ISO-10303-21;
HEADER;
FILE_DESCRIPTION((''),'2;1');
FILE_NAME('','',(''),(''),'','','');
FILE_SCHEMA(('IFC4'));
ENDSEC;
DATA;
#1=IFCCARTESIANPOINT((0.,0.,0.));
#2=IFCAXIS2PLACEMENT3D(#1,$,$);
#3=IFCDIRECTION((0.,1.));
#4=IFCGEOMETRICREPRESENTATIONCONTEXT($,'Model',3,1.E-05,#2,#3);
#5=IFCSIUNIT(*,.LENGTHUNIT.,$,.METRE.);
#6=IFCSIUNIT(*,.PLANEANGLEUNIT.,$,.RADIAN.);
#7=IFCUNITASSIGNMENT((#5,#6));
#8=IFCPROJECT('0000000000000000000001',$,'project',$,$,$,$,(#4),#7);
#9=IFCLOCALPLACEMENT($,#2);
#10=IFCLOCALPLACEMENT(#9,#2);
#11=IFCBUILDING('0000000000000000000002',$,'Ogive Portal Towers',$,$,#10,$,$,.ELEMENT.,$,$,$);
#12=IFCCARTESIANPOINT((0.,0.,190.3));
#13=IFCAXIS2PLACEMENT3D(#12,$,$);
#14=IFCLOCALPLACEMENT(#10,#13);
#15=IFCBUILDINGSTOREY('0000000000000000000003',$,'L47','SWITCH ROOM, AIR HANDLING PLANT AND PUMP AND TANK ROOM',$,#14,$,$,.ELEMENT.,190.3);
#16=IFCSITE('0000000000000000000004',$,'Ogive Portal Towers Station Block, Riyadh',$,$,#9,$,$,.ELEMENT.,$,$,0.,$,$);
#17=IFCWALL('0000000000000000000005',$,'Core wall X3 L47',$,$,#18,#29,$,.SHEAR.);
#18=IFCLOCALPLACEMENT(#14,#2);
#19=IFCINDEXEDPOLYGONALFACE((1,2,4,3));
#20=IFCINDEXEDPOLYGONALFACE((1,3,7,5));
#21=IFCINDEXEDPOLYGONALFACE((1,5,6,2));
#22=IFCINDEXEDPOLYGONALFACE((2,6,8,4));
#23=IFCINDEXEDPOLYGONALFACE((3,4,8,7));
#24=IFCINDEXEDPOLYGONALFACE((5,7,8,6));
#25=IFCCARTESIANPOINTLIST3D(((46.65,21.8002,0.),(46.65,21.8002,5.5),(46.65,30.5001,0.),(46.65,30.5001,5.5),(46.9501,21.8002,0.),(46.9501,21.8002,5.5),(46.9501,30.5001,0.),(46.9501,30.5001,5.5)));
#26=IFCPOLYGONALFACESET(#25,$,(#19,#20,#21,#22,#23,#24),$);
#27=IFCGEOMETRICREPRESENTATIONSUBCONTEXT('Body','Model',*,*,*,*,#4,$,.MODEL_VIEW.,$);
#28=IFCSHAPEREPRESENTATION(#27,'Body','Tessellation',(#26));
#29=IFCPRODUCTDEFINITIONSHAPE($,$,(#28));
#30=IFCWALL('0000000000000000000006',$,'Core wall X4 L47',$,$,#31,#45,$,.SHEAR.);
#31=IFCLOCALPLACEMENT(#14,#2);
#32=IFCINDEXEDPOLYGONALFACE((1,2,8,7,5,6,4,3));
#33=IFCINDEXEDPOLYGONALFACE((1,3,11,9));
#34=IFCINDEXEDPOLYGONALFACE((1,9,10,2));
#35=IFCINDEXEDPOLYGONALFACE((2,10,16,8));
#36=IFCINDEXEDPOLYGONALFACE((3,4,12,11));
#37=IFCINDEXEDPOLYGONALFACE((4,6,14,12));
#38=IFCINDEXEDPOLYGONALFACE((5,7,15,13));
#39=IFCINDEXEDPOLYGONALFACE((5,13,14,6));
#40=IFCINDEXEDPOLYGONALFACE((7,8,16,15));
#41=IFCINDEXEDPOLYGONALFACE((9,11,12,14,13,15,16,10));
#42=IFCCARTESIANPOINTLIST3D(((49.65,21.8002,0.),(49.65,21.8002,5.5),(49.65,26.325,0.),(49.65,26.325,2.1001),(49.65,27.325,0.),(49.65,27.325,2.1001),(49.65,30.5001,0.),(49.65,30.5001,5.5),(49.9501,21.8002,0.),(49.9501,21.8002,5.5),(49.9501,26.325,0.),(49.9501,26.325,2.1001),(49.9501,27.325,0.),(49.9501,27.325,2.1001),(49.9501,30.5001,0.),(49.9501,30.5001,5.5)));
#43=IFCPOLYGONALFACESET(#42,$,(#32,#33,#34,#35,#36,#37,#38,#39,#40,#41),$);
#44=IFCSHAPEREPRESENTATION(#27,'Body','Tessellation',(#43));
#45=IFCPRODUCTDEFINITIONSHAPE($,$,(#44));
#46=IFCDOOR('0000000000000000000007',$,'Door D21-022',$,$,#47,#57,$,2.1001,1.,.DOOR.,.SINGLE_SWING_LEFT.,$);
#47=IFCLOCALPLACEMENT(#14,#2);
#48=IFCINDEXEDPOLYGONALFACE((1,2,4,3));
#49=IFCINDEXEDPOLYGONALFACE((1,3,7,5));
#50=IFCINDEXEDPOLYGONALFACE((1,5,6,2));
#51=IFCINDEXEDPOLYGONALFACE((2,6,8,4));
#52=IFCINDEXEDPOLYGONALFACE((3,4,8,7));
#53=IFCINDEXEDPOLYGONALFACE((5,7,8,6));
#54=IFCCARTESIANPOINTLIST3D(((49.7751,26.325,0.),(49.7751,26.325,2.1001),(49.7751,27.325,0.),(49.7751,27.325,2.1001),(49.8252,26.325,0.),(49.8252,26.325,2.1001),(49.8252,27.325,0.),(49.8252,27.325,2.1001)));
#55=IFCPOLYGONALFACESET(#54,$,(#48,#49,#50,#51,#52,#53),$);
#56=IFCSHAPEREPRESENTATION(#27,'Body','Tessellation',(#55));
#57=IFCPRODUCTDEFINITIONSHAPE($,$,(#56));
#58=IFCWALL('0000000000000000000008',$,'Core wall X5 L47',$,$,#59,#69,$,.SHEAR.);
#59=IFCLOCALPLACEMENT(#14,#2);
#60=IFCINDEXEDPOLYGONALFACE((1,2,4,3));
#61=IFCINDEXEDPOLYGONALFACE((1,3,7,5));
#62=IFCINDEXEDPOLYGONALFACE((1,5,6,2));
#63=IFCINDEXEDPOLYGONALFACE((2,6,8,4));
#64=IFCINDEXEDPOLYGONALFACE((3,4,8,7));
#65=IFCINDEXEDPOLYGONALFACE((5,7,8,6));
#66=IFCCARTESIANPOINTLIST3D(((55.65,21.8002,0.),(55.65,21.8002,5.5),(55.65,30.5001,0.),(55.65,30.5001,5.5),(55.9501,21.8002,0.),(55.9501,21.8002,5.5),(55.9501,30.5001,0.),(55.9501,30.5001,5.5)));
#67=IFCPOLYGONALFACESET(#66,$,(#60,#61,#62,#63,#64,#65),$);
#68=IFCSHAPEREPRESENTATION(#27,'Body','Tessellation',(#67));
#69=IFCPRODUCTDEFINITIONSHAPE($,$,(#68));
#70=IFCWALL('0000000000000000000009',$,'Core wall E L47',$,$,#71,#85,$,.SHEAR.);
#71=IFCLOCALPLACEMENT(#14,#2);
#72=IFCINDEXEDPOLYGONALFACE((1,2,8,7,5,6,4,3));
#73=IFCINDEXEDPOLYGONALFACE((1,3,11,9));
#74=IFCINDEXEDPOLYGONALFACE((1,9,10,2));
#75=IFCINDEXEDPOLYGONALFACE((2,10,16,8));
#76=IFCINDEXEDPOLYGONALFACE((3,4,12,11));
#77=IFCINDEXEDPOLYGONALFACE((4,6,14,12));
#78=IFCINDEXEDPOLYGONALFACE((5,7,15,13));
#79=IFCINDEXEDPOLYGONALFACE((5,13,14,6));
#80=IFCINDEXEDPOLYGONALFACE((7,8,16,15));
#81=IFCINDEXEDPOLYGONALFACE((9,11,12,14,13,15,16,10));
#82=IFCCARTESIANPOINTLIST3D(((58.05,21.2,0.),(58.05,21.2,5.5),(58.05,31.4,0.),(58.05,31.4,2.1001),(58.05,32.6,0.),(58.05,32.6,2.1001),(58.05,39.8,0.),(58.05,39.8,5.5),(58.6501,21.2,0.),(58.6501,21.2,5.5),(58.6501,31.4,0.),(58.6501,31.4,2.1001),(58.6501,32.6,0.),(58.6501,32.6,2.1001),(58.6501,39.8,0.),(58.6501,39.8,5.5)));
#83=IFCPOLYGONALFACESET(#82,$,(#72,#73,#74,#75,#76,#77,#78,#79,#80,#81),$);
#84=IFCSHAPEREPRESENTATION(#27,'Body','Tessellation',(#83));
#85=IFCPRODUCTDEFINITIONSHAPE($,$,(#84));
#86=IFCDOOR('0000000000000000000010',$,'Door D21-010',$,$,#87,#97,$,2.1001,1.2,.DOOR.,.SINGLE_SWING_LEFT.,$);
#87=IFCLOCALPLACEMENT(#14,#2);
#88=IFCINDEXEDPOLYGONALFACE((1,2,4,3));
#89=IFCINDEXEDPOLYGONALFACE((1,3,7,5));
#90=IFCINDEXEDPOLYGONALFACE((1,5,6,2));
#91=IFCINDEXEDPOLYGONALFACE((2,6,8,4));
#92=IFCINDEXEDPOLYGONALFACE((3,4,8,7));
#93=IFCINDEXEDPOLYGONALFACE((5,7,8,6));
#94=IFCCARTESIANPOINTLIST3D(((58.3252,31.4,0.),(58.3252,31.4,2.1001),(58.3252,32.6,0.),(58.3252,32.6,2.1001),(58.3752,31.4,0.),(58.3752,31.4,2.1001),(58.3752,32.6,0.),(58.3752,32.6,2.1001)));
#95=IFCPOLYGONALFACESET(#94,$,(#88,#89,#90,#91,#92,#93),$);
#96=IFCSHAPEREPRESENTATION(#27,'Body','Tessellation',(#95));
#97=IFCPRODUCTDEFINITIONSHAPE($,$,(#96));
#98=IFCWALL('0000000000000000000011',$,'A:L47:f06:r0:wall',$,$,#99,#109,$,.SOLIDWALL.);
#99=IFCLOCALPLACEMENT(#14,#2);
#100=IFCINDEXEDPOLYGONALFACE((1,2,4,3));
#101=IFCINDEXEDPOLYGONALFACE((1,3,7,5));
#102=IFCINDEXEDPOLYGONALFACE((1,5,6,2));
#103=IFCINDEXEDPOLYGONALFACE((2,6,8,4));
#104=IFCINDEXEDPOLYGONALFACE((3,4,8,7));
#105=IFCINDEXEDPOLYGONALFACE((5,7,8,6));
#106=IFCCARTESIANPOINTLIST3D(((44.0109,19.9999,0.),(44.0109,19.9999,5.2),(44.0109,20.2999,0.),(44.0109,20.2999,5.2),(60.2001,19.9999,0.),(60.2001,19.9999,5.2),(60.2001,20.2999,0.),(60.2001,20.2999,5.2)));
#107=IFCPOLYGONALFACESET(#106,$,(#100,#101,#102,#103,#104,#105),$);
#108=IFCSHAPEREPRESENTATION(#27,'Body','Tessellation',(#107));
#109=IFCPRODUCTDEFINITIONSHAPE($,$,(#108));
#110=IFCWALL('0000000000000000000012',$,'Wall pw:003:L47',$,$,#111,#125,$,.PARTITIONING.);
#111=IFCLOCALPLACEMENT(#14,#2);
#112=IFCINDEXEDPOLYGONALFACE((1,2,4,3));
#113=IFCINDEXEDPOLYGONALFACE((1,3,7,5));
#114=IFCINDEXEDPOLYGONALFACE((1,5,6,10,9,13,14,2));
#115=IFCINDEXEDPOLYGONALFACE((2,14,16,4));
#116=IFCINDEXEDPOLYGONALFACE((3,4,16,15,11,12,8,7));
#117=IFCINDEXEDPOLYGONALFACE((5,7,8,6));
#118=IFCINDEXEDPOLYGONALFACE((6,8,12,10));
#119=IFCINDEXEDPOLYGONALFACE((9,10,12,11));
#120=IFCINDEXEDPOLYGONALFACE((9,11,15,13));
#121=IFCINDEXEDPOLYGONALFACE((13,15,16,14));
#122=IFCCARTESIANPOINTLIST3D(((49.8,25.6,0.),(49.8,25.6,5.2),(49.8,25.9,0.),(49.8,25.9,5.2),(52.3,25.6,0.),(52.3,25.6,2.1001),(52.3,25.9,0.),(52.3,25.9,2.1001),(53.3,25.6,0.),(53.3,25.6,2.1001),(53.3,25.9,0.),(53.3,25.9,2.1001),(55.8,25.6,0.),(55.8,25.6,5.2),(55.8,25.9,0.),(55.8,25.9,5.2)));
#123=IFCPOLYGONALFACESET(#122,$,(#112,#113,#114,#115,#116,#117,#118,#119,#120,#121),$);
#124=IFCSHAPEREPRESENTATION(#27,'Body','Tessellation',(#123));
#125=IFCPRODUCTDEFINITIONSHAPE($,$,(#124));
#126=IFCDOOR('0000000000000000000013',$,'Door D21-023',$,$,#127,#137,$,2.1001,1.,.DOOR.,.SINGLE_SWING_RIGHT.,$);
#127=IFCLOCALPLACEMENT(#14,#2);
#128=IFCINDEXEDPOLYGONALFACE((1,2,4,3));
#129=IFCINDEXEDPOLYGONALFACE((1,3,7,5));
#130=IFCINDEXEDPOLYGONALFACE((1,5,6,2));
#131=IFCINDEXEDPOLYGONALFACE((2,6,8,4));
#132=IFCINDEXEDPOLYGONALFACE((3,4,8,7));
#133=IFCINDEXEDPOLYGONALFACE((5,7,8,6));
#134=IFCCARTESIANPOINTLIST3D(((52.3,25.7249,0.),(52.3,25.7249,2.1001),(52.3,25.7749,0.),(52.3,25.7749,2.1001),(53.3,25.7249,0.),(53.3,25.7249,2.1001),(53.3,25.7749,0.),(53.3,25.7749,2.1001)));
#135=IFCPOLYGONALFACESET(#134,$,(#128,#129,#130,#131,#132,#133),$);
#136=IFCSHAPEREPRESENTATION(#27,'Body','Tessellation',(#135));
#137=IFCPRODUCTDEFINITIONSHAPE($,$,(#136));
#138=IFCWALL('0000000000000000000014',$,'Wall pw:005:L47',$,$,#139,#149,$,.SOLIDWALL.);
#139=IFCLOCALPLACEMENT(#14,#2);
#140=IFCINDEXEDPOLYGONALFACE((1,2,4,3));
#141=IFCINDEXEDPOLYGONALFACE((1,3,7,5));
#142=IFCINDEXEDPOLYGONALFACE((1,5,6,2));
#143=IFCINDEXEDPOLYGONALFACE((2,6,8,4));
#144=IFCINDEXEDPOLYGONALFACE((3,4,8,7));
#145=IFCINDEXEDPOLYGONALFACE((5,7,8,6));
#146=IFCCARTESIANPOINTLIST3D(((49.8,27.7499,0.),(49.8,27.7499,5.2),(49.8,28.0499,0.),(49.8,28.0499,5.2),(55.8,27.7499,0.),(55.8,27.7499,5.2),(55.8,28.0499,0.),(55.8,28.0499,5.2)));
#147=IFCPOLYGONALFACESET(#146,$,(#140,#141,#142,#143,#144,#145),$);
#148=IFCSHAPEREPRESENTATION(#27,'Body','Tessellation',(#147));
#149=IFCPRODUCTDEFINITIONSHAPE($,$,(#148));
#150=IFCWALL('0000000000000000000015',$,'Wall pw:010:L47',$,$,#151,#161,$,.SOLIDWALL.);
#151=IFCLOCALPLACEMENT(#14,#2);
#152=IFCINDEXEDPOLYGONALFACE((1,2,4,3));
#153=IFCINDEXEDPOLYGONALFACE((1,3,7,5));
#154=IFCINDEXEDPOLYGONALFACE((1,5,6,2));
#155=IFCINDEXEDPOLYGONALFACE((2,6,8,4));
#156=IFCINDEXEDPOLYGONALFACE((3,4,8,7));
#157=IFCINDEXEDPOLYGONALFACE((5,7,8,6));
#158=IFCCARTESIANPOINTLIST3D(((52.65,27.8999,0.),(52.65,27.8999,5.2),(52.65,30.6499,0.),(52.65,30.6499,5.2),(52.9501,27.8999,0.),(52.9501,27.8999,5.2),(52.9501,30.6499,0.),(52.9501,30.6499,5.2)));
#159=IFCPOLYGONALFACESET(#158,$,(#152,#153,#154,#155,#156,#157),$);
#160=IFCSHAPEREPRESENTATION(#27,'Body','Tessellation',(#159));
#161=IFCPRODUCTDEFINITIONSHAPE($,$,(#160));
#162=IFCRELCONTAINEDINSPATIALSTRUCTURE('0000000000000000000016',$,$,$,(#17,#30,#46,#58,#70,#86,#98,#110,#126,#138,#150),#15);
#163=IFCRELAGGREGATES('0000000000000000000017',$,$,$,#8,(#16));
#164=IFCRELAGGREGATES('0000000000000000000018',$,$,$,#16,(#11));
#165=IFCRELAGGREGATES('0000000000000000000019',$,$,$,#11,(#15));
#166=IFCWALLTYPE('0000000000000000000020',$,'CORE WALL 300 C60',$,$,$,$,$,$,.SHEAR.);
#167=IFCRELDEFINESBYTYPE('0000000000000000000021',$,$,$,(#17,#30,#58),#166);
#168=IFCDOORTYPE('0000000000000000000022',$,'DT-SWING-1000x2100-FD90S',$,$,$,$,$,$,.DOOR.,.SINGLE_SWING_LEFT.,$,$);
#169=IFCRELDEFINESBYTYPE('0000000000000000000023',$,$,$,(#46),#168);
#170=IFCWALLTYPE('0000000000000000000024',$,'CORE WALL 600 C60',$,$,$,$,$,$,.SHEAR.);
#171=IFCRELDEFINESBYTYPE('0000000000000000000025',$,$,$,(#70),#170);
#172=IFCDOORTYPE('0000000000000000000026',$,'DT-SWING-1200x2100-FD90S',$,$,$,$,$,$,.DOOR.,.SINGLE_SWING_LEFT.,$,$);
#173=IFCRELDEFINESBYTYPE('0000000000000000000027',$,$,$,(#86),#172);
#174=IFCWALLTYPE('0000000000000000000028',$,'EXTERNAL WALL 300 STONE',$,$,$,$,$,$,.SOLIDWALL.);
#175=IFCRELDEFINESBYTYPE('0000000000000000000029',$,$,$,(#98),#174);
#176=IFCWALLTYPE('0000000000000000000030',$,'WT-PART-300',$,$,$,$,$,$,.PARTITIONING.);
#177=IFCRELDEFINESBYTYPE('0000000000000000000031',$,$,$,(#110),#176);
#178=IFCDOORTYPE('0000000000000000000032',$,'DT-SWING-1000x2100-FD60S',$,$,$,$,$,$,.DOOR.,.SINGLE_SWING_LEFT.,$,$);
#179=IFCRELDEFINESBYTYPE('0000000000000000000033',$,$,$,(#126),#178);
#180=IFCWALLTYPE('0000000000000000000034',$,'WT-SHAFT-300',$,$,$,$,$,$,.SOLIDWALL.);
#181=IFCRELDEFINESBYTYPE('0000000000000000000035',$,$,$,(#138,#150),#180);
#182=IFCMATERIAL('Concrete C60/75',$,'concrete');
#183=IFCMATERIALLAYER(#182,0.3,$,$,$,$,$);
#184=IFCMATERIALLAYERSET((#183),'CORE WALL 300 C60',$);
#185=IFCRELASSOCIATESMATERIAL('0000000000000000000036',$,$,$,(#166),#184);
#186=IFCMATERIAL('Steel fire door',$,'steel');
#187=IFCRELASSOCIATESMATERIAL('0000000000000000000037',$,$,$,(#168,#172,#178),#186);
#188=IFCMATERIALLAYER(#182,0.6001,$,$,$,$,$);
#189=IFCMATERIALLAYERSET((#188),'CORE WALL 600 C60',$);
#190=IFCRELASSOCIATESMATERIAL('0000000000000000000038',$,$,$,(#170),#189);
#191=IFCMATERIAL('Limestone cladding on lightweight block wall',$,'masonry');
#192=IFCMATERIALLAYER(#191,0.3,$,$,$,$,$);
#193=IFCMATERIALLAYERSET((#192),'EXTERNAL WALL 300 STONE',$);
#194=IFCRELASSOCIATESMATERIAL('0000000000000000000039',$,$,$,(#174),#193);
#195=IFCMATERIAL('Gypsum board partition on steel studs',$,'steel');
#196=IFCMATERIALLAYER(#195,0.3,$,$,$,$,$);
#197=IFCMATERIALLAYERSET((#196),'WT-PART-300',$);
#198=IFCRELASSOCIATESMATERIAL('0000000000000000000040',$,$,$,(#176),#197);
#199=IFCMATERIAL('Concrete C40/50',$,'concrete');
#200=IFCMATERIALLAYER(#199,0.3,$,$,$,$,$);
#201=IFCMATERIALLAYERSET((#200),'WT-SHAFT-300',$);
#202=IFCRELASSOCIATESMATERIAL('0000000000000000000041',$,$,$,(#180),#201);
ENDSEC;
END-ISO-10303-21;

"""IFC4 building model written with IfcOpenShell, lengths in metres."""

from ifc_helpers import new_model, si_unit, direction, frame, frame_2d, origin, place, context, subcontext, project, spatial, rectangle, extrude, material, layer, layer_set, type_object, element, fill, save


model = new_model("IFC4")

# Units and contexts
model_context = context("Model", 3, precision=1e-05, world=origin(), true_north=direction((0.0, 1.0)))
body_context = subcontext(model_context, "Body", "Model", "MODEL_VIEW")
ifc_project = project(units=[si_unit("LENGTHUNIT", "METRE"), si_unit("PLANEANGLEUNIT", "RADIAN")], contexts=[model_context])

# Site, building, storey
site_placement = place(None, origin())
site = spatial("IfcSite", under=ifc_project, at=site_placement, Name="Ogive Portal Towers Station Block, Riyadh", CompositionType="ELEMENT", RefElevation=0.0)
building_placement = place(site_placement, origin())
building = spatial("IfcBuilding", under=site, at=building_placement, Name="Ogive Portal Towers", CompositionType="ELEMENT")
storey_placement = place(building_placement, frame((0.0, 0.0, 190.3)))
storey = spatial("IfcBuildingStorey", under=building, at=storey_placement, Name="L47", Description="SWITCH ROOM, AIR HANDLING PLANT AND PUMP AND TANK ROOM", CompositionType="ELEMENT", Elevation=190.3)

# Wall
ifc_material_1 = material(Name="Concrete C60/75", Category="concrete")
ifc_layer_1 = layer(ifc_material_1, 0.3)
ifc_layer_set_1 = layer_set([ifc_layer_1], Name="CORE WALL 300 C60")
wall_type_1 = type_object("IfcWallType", Name="CORE WALL 300 C60", PredefinedType="SHEAR", material=ifc_layer_set_1)
wall_1_placement = place(storey_placement, frame((46.8, 21.8, 0.0), z_axis=(0.0, 0.0, 1.0), x_axis=(0.0, 1.0, 0.0)))
element("IfcWall", 1, at=wall_1_placement, inside=storey, type_object=wall_type_1, Name="Core wall X3 L47", PredefinedType="SHEAR", context=body_context, shape_type="SweptSolid", body=[
    extrude(rectangle(XDim=8.7, YDim=0.3, at=frame_2d((4.3501, 0.0))), origin(), (0.0, 0.0, 1.0), 5.5),
])

# Wall, opening, door
wall_2_placement = place(storey_placement, frame((49.8, 21.8, 0.0), z_axis=(0.0, 0.0, 1.0), x_axis=(0.0, 1.0, 0.0)))
wall_2 = element("IfcWall", 2, at=wall_2_placement, inside=storey, type_object=wall_type_1, Name="Core wall X4 L47", PredefinedType="SHEAR", context=body_context, shape_type="SweptSolid", body=[
    extrude(rectangle(XDim=8.7, YDim=0.3, at=frame_2d((4.3501, 0.0))), origin(), (0.0, 0.0, 1.0), 5.5),
])
opening_1_placement = place(wall_2_placement, frame((4.5249, 0.0, 0.0)))
opening_1 = element("IfcOpeningElement", 3, at=opening_1_placement, cuts=wall_2, PredefinedType="OPENING", context=body_context, shape_type="SweptSolid", body=[
    extrude(rectangle(XDim=1.0, YDim=2.1001, at=frame_2d((0.5, 1.05))), frame((0.0, 0.1602, 0.0), z_axis=(0.0, -1.0, 0.0), x_axis=(1.0, 0.0, 0.0)), (0.0, 0.0, 1.0), 0.3201),
])
ifc_material_2 = material(Name="Steel fire door", Category="steel")
door_type_1 = type_object("IfcDoorType", Name="DT-SWING-1000x2100-FD90S", OperationType="SINGLE_SWING_LEFT", PredefinedType="DOOR", material=ifc_material_2)
door_1_placement = place(opening_1_placement, origin())
door_1 = element("IfcDoor", 4, at=door_1_placement, inside=storey, type_object=door_type_1, Name="Door D21-022", OperationType="SINGLE_SWING_LEFT", OverallHeight=2.1001, OverallWidth=1.0, PredefinedType="DOOR", context=body_context, shape_type="SweptSolid", body=[
    extrude(rectangle(XDim=1.0, YDim=2.1001, at=frame_2d((0.5, 1.05))), frame((0.0, 0.0249, 0.0), z_axis=(0.0, -1.0, 0.0), x_axis=(1.0, 0.0, 0.0)), (0.0, 0.0, 1.0), 0.05),
])
fill(opening_1, door_1)

# Wall
wall_3_placement = place(storey_placement, frame((55.8, 21.8, 0.0), z_axis=(0.0, 0.0, 1.0), x_axis=(0.0, 1.0, 0.0)))
element("IfcWall", 5, at=wall_3_placement, inside=storey, type_object=wall_type_1, Name="Core wall X5 L47", PredefinedType="SHEAR", context=body_context, shape_type="SweptSolid", body=[
    extrude(rectangle(XDim=8.7, YDim=0.3, at=frame_2d((4.3501, 0.0))), origin(), (0.0, 0.0, 1.0), 5.5),
])

# Wall, opening, door
ifc_layer_2 = layer(ifc_material_1, 0.6001)
ifc_layer_set_2 = layer_set([ifc_layer_2], Name="CORE WALL 600 C60")
wall_type_2 = type_object("IfcWallType", Name="CORE WALL 600 C60", PredefinedType="SHEAR", material=ifc_layer_set_2)
wall_4_placement = place(storey_placement, frame((58.3501, 21.2, 0.0), z_axis=(0.0, 0.0, 1.0), x_axis=(0.0, 1.0, 0.0)))
wall_4 = element("IfcWall", 6, at=wall_4_placement, inside=storey, type_object=wall_type_2, Name="Core wall E L47", PredefinedType="SHEAR", context=body_context, shape_type="SweptSolid", body=[
    extrude(rectangle(XDim=18.6001, YDim=0.6001, at=frame_2d((9.3, 0.0))), origin(), (0.0, 0.0, 1.0), 5.5),
])
opening_2_placement = place(wall_4_placement, frame((10.2, 0.0, 0.0)))
opening_2 = element("IfcOpeningElement", 7, at=opening_2_placement, cuts=wall_4, PredefinedType="OPENING", context=body_context, shape_type="SweptSolid", body=[
    extrude(rectangle(XDim=1.2, YDim=2.1001, at=frame_2d((0.6001, 1.05))), frame((0.0, 0.3101, 0.0), z_axis=(0.0, -1.0, 0.0), x_axis=(1.0, 0.0, 0.0)), (0.0, 0.0, 1.0), 0.6201),
])
door_type_2 = type_object("IfcDoorType", Name="DT-SWING-1200x2100-FD90S", OperationType="SINGLE_SWING_LEFT", PredefinedType="DOOR", material=ifc_material_2)
door_2_placement = place(opening_2_placement, origin())
door_2 = element("IfcDoor", 8, at=door_2_placement, inside=storey, type_object=door_type_2, Name="Door D21-010", OperationType="SINGLE_SWING_LEFT", OverallHeight=2.1001, OverallWidth=1.2, PredefinedType="DOOR", context=body_context, shape_type="SweptSolid", body=[
    extrude(rectangle(XDim=1.2, YDim=2.1001, at=frame_2d((0.6001, 1.05))), frame((0.0, 0.0249, 0.0), z_axis=(0.0, -1.0, 0.0), x_axis=(1.0, 0.0, 0.0)), (0.0, 0.0, 1.0), 0.05),
])
fill(opening_2, door_2)

# Wall
ifc_material_3 = material(Name="Limestone cladding on lightweight block wall", Category="masonry")
ifc_layer_3 = layer(ifc_material_3, 0.3)
ifc_layer_set_3 = layer_set([ifc_layer_3], Name="EXTERNAL WALL 300 STONE")
wall_type_3 = type_object("IfcWallType", Name="EXTERNAL WALL 300 STONE", PredefinedType="SOLIDWALL", material=ifc_layer_set_3)
wall_5_placement = place(storey_placement, frame((44.0107, 20.1499, 0.0), z_axis=(0.0, 0.0, 1.0), x_axis=(1.0, 0.0, 0.0)))
element("IfcWall", 9, at=wall_5_placement, inside=storey, type_object=wall_type_3, Name="A:L47:f06:r0:wall", PredefinedType="SOLIDWALL", context=body_context, shape_type="SweptSolid", body=[
    extrude(rectangle(XDim=16.1892, YDim=0.3, at=frame_2d((8.0947, 0.0))), origin(), (0.0, 0.0, 1.0), 5.2),
])

# Wall, opening, door
ifc_material_4 = material(Name="Gypsum board partition on steel studs", Category="steel")
ifc_layer_4 = layer(ifc_material_4, 0.3)
ifc_layer_set_4 = layer_set([ifc_layer_4], Name="WT-PART-300")
wall_type_4 = type_object("IfcWallType", Name="WT-PART-300", PredefinedType="PARTITIONING", material=ifc_layer_set_4)
wall_6_placement = place(storey_placement, frame((49.8, 25.75, 0.0), z_axis=(0.0, 0.0, 1.0), x_axis=(1.0, 0.0, 0.0)))
wall_6 = element("IfcWall", 10, at=wall_6_placement, inside=storey, type_object=wall_type_4, Name="Wall pw:003:L47", PredefinedType="PARTITIONING", context=body_context, shape_type="SweptSolid", body=[
    extrude(rectangle(XDim=6.0, YDim=0.3, at=frame_2d((3.0, 0.0))), origin(), (0.0, 0.0, 1.0), 5.2),
])
opening_3_placement = place(wall_6_placement, frame((2.5, 0.0, 0.0)))
opening_3 = element("IfcOpeningElement", 11, at=opening_3_placement, cuts=wall_6, PredefinedType="OPENING", context=body_context, shape_type="SweptSolid", body=[
    extrude(rectangle(XDim=1.0, YDim=2.1001, at=frame_2d((0.5, 1.05))), frame((0.0, 0.1602, 0.0), z_axis=(0.0, -1.0, 0.0), x_axis=(1.0, 0.0, 0.0)), (0.0, 0.0, 1.0), 0.3201),
])
door_type_3 = type_object("IfcDoorType", Name="DT-SWING-1000x2100-FD60S", OperationType="SINGLE_SWING_LEFT", PredefinedType="DOOR", material=ifc_material_2)
door_3_placement = place(opening_3_placement, origin())
door_3 = element("IfcDoor", 12, at=door_3_placement, inside=storey, type_object=door_type_3, Name="Door D21-023", OperationType="SINGLE_SWING_RIGHT", OverallHeight=2.1001, OverallWidth=1.0, PredefinedType="DOOR", context=body_context, shape_type="SweptSolid", body=[
    extrude(rectangle(XDim=1.0, YDim=2.1001, at=frame_2d((0.5, 1.05))), frame((0.0, 0.0249, 0.0), z_axis=(0.0, -1.0, 0.0), x_axis=(1.0, 0.0, 0.0)), (0.0, 0.0, 1.0), 0.05),
])
fill(opening_3, door_3)

# Walls
ifc_material_5 = material(Name="Concrete C40/50", Category="concrete")
ifc_layer_5 = layer(ifc_material_5, 0.3)
ifc_layer_set_5 = layer_set([ifc_layer_5], Name="WT-SHAFT-300")
wall_type_5 = type_object("IfcWallType", Name="WT-SHAFT-300", PredefinedType="SOLIDWALL", material=ifc_layer_set_5)
wall_7_placement = place(storey_placement, frame((49.8, 27.8999, 0.0), z_axis=(0.0, 0.0, 1.0), x_axis=(1.0, 0.0, 0.0)))
element("IfcWall", 13, at=wall_7_placement, inside=storey, type_object=wall_type_5, Name="Wall pw:005:L47", PredefinedType="SOLIDWALL", context=body_context, shape_type="SweptSolid", body=[
    extrude(rectangle(XDim=6.0, YDim=0.3, at=frame_2d((3.0, 0.0))), origin(), (0.0, 0.0, 1.0), 5.2),
])
wall_8_placement = place(storey_placement, frame((52.8, 27.8999, 0.0), z_axis=(0.0, 0.0, 1.0), x_axis=(0.0, 1.0, 0.0)))
element("IfcWall", 14, at=wall_8_placement, inside=storey, type_object=wall_type_5, Name="Wall pw:010:L47", PredefinedType="SOLIDWALL", context=body_context, shape_type="SweptSolid", body=[
    extrude(rectangle(XDim=2.75, YDim=0.3, at=frame_2d((1.375, 0.0))), origin(), (0.0, 0.0, 1.0), 5.2),
])

save(model, "model.ifc")
